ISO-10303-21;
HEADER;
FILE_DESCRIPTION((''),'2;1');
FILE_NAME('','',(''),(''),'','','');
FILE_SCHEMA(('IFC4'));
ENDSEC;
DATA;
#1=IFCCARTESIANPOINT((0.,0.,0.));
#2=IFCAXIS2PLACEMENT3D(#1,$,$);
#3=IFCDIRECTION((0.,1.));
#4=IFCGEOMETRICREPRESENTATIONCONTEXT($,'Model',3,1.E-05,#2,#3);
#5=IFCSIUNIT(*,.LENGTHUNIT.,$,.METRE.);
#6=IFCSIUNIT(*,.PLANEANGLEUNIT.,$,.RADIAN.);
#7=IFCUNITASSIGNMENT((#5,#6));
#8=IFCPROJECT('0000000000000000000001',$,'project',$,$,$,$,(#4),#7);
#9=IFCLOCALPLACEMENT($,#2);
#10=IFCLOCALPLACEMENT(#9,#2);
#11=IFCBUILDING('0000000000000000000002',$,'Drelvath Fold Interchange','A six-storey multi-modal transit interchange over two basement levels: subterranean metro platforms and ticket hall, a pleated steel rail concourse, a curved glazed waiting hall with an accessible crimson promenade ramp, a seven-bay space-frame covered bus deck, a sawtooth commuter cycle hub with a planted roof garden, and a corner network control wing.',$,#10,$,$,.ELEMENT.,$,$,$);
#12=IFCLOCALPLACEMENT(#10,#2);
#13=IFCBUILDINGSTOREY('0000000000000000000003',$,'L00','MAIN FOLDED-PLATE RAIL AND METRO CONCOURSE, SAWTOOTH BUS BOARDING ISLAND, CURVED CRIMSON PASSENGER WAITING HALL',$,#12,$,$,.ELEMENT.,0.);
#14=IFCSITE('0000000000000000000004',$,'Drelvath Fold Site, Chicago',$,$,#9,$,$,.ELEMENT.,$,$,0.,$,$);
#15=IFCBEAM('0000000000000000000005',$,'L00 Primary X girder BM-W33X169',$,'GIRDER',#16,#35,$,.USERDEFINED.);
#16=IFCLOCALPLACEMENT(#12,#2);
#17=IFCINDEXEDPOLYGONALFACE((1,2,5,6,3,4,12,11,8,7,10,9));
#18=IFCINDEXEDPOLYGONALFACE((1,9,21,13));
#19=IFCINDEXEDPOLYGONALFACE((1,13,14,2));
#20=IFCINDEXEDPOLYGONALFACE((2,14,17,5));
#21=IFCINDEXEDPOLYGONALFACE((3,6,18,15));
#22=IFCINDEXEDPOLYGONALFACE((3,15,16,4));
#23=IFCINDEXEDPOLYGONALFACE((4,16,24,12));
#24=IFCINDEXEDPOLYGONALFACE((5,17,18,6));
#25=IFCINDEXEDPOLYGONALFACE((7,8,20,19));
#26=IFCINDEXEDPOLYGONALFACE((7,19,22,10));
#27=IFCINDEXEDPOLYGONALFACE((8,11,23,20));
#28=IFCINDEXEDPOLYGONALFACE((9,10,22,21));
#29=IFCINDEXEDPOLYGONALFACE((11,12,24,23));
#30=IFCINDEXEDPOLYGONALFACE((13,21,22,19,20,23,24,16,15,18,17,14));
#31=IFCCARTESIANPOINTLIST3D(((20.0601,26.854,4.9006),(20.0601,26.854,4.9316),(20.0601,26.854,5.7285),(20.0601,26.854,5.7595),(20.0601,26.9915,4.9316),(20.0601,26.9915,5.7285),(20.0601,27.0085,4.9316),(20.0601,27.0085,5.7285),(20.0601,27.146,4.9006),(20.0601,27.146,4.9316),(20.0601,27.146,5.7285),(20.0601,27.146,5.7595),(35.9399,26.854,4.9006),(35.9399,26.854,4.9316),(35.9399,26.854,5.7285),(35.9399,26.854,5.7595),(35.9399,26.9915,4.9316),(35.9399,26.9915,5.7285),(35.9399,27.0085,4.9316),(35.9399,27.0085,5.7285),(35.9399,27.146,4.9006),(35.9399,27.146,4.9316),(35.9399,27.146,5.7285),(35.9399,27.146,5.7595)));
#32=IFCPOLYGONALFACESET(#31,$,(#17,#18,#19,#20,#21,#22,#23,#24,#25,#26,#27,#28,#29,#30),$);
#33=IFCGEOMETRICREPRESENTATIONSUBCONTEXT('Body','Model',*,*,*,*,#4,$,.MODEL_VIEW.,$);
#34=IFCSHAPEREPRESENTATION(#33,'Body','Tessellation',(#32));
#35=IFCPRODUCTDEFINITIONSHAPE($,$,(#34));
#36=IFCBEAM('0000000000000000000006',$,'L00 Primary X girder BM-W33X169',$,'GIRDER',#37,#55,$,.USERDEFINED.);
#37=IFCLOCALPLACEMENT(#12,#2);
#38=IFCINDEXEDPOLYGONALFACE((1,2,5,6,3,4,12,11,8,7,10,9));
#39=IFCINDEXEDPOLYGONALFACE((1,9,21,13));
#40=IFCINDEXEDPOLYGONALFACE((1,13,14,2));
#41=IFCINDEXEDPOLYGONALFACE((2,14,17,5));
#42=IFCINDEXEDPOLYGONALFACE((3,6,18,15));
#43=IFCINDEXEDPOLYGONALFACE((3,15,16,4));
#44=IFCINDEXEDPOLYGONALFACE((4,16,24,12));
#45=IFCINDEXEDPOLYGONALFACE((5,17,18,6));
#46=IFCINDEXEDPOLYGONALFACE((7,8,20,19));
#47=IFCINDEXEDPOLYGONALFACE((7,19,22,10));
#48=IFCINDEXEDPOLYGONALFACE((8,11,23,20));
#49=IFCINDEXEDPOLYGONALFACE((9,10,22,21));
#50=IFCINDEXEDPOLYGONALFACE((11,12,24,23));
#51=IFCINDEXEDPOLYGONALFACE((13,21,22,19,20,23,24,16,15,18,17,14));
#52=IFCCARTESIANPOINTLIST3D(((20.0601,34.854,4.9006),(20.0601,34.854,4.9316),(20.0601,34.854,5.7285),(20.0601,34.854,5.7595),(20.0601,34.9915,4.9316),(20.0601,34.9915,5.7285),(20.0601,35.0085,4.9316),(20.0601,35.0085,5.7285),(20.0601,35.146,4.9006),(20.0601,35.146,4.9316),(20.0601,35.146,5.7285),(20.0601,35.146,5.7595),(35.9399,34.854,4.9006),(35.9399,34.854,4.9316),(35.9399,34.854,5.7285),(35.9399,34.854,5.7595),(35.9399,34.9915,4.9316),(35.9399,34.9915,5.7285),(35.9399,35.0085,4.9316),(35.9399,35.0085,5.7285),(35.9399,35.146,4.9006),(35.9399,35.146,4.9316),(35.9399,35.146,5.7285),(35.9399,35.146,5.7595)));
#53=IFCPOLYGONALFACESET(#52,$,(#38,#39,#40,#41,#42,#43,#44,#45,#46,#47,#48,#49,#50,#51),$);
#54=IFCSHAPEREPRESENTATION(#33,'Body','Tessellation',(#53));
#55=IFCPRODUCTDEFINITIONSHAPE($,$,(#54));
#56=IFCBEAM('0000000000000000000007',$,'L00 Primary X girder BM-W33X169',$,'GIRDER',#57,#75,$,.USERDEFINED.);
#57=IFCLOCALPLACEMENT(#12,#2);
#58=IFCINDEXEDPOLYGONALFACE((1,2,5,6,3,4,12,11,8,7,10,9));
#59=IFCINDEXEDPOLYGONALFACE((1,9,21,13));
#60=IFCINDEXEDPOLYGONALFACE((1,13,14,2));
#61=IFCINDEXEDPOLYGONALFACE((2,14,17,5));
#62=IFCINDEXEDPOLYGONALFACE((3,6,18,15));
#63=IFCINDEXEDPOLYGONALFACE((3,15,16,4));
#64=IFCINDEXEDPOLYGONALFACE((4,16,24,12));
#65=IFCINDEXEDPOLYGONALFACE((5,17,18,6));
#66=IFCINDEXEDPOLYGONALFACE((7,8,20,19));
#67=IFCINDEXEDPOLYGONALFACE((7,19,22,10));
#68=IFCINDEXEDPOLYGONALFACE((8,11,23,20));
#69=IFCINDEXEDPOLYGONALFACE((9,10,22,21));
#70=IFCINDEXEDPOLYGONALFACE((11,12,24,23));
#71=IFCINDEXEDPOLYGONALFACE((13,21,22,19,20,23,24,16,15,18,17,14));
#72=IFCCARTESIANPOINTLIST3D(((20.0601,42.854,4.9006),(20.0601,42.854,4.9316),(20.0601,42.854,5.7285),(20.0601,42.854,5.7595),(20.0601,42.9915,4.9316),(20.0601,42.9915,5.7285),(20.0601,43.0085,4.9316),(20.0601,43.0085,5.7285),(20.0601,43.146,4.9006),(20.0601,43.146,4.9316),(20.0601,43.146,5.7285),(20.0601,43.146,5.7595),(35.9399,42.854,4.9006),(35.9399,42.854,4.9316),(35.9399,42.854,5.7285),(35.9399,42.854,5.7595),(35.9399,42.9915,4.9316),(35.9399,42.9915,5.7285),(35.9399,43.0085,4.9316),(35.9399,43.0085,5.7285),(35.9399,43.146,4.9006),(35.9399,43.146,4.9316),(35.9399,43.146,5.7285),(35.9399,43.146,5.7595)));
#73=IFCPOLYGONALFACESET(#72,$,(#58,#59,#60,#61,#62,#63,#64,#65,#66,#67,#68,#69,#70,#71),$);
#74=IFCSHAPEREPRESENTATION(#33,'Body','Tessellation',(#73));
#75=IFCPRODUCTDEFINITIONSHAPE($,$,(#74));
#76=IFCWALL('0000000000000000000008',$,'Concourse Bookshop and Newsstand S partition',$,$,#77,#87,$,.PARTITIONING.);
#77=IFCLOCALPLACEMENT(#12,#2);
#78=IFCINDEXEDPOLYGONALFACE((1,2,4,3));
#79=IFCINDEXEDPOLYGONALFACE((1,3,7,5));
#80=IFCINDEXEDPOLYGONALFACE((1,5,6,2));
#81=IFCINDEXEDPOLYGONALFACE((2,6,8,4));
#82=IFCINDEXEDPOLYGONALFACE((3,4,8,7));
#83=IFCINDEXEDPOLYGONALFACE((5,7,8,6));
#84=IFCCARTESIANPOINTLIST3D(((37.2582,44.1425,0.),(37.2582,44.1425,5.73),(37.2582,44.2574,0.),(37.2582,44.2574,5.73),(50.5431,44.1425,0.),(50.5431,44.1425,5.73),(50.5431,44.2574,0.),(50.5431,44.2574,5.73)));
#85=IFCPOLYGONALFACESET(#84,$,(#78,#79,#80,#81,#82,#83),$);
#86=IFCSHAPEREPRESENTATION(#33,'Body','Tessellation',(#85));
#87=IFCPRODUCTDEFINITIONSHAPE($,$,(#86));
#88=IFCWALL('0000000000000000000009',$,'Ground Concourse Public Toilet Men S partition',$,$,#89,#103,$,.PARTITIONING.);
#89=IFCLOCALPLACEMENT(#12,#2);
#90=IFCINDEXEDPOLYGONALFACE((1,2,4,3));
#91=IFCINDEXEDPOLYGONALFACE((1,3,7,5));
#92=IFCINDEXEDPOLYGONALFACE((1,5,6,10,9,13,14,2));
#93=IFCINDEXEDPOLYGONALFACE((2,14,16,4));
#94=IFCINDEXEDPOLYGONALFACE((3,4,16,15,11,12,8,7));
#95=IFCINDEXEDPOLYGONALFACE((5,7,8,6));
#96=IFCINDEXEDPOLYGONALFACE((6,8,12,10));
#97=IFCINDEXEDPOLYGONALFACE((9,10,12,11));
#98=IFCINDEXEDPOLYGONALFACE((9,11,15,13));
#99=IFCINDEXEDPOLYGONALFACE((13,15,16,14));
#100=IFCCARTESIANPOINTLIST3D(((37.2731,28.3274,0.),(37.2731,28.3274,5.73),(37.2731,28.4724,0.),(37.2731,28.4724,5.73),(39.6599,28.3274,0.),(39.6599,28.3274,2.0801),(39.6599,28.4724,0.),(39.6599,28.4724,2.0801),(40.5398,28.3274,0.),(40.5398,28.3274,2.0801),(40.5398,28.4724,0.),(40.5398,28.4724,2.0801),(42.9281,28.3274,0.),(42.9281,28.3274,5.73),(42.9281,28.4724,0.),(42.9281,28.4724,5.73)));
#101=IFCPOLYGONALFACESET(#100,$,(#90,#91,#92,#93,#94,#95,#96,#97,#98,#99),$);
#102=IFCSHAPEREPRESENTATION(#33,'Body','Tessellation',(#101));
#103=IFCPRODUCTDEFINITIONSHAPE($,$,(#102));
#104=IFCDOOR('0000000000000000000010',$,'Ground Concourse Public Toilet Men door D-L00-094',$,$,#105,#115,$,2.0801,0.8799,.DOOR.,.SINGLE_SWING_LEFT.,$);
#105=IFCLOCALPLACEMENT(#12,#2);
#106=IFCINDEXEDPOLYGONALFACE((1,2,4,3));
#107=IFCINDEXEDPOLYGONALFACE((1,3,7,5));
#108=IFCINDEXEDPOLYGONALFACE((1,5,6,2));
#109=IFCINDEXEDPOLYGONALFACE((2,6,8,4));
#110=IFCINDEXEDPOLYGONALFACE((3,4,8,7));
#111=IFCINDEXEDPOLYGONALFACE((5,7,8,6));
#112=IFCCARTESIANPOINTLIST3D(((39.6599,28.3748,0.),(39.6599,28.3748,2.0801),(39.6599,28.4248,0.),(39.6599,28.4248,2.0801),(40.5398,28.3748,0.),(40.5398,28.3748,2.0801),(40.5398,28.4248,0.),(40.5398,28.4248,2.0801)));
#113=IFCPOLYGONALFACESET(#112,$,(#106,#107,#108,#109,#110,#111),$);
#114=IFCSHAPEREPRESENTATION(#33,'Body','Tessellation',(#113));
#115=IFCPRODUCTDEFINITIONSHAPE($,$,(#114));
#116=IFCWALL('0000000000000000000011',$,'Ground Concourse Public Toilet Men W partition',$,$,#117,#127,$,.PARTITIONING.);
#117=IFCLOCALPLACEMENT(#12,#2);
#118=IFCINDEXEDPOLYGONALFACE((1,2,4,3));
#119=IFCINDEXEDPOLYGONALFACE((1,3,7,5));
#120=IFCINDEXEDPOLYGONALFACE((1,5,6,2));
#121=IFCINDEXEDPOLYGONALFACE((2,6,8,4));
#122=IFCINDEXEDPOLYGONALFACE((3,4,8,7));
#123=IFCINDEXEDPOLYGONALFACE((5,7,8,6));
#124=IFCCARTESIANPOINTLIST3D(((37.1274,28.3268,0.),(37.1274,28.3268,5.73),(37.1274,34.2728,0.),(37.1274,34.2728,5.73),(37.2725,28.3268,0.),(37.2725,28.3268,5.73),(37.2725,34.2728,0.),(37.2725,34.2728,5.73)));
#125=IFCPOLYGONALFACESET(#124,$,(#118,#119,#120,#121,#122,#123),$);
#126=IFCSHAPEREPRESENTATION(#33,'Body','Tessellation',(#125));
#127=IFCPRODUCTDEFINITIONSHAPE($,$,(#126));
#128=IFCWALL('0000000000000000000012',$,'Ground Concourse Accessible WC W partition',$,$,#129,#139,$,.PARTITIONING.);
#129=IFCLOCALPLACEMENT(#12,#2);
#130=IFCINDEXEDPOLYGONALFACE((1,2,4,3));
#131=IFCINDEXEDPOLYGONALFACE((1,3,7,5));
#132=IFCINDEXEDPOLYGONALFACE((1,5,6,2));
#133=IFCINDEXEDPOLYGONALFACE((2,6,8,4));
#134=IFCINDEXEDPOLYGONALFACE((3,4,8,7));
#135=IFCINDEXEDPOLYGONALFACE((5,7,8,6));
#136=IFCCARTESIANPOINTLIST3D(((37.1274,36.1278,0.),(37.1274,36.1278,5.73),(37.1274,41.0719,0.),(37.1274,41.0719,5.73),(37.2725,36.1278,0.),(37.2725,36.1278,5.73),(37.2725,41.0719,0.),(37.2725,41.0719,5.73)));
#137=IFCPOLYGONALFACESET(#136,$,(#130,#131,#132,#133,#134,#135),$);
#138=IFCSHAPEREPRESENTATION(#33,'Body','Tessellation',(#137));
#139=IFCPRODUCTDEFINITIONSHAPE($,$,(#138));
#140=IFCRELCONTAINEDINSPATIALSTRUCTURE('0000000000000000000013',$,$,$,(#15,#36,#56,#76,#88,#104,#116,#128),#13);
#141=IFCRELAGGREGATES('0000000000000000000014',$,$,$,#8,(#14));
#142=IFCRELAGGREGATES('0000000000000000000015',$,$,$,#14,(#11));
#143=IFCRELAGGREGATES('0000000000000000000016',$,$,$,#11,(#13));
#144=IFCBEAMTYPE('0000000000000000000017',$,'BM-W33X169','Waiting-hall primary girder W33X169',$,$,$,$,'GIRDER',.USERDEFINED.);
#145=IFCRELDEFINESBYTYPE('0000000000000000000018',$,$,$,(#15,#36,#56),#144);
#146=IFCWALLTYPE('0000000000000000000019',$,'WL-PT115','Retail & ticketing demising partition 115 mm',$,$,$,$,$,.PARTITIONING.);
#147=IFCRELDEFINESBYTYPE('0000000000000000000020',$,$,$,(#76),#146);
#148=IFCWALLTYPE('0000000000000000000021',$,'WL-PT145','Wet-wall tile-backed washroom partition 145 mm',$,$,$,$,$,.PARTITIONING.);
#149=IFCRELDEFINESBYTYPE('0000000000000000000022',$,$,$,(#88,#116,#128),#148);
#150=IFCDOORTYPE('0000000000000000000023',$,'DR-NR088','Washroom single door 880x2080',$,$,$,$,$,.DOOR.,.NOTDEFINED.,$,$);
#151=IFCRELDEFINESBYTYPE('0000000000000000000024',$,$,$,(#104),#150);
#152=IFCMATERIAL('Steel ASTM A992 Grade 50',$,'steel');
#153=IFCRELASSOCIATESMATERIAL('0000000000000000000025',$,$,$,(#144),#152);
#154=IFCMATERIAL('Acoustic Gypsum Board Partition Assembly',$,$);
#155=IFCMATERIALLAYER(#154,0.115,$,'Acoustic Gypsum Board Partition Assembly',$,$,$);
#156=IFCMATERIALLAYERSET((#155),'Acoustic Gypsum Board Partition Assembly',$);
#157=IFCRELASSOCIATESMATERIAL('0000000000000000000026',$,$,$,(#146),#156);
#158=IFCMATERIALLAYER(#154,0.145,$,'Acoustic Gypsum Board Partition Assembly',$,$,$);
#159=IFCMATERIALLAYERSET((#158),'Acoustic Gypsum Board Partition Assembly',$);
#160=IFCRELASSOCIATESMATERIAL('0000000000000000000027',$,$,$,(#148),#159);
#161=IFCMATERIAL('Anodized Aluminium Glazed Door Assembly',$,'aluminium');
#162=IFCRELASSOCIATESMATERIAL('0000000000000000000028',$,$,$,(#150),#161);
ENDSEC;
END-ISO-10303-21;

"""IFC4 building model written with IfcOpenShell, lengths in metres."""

from ifc_helpers import new_model, si_unit, direction, frame, frame_2d, origin, origin_2d, place, context, subcontext, project, spatial, rectangle, i_section, extrude, material, layer, layer_set, material_profile, profile_set, type_object, element, fill, save


model = new_model("IFC4")

# Units and contexts
model_context = context("Model", 3, precision=1e-05, world=origin(), true_north=direction((0.0, 1.0)))
body_context = subcontext(model_context, "Body", "Model", "MODEL_VIEW")
ifc_project = project(units=[si_unit("LENGTHUNIT", "METRE"), si_unit("PLANEANGLEUNIT", "RADIAN")], contexts=[model_context])

# Site, building, storey
site_placement = place(None, origin())
site = spatial("IfcSite", under=ifc_project, at=site_placement, Name="Drelvath Fold Site, Chicago", CompositionType="ELEMENT", RefElevation=0.0)
building_placement = place(site_placement, origin())
building = spatial("IfcBuilding", under=site, at=building_placement, Name="Drelvath Fold Interchange", Description="A six-storey multi-modal transit interchange over two basement levels: subterranean metro platforms and ticket hall, a pleated steel rail concourse, a curved glazed waiting hall with an accessible crimson promenade ramp, a seven-bay space-frame covered bus deck, a sawtooth commuter cycle hub with a planted roof garden, and a corner network control wing.", CompositionType="ELEMENT")
storey_placement = place(building_placement, origin())
storey = spatial("IfcBuildingStorey", under=building, at=storey_placement, Name="L00", Description="MAIN FOLDED-PLATE RAIL AND METRO CONCOURSE, SAWTOOTH BUS BOARDING ISLAND, CURVED CRIMSON PASSENGER WAITING HALL", CompositionType="ELEMENT", Elevation=0.0)

# Shared definitions
ifc_material_1 = material(Name="Steel ASTM A992 Grade 50", Category="steel")

# Beams
ifc_material_profile_1 = material_profile(ifc_material_1, i_section(OverallWidth=0.292, OverallDepth=0.8589, WebThickness=0.0171, FlangeThickness=0.031, at=origin_2d()), Name="W33X169")
ifc_profile_set_1 = profile_set([ifc_material_profile_1], Name="Steel ASTM A992 Grade 50")
beam_type_1 = type_object("IfcBeamType", Name="BM-W33X169", Description="Waiting-hall primary girder W33X169", ElementType="GIRDER", PredefinedType="USERDEFINED", material=ifc_profile_set_1)
for number, where, z_axis, x_axis, name in (
    (1, (20.0601, 27.0, 5.3301), (1.0, 0.0, 0.0), (0.0, 1.0, 0.0), "L00 Primary X girder BM-W33X169"),
    (2, (20.0601, 35.0, 5.3301), (1.0, 0.0, 0.0), (0.0, 1.0, 0.0), "L00 Primary X girder BM-W33X169"),
    (3, (20.0601, 43.0, 5.3301), (1.0, 0.0, 0.0), (0.0, 1.0, 0.0), "L00 Primary X girder BM-W33X169"),
):
    element("IfcBeam", number, at=place(storey_placement, frame(where, z_axis=z_axis, x_axis=x_axis)), inside=storey, type_object=beam_type_1, Name=name, ObjectType="GIRDER", PredefinedType="USERDEFINED", context=body_context, shape_type="SweptSolid", body=[
        extrude(i_section(OverallWidth=0.292, OverallDepth=0.8589, WebThickness=0.0171, FlangeThickness=0.031, at=origin_2d()), origin(), (0.0, 0.0, 1.0), 15.8799),
    ])

# Wall
ifc_material_2 = material(Name="Acoustic Gypsum Board Partition Assembly")
ifc_layer_1 = layer(ifc_material_2, 0.115, Name="Acoustic Gypsum Board Partition Assembly")
ifc_layer_set_1 = layer_set([ifc_layer_1], Name="Acoustic Gypsum Board Partition Assembly")
wall_type_1 = type_object("IfcWallType", Name="WL-PT115", Description="Retail & ticketing demising partition 115 mm", PredefinedType="PARTITIONING", material=ifc_layer_set_1)
wall_1_placement = place(storey_placement, frame((37.2581, 44.2, 0.0), z_axis=(0.0, 0.0, 1.0), x_axis=(1.0, 0.0, 0.0)))
element("IfcWall", 4, at=wall_1_placement, inside=storey, type_object=wall_type_1, Name="Concourse Bookshop and Newsstand S partition", PredefinedType="PARTITIONING", context=body_context, shape_type="SweptSolid", body=[
    extrude(rectangle(XDim=13.2849, YDim=0.115, at=frame_2d((6.6426, 0.0))), origin(), (0.0, 0.0, 1.0), 5.73),
])

# Wall, opening, door
ifc_layer_2 = layer(ifc_material_2, 0.145, Name="Acoustic Gypsum Board Partition Assembly")
ifc_layer_set_2 = layer_set([ifc_layer_2], Name="Acoustic Gypsum Board Partition Assembly")
wall_type_2 = type_object("IfcWallType", Name="WL-PT145", Description="Wet-wall tile-backed washroom partition 145 mm", PredefinedType="PARTITIONING", material=ifc_layer_set_2)
wall_2_placement = place(storey_placement, frame((37.2729, 28.3999, 0.0), z_axis=(0.0, 0.0, 1.0), x_axis=(1.0, 0.0, 0.0)))
wall_2 = element("IfcWall", 5, at=wall_2_placement, inside=storey, type_object=wall_type_2, Name="Ground Concourse Public Toilet Men S partition", PredefinedType="PARTITIONING", context=body_context, shape_type="SweptSolid", body=[
    extrude(rectangle(XDim=5.655, YDim=0.145, at=frame_2d((2.8276, 0.0))), origin(), (0.0, 0.0, 1.0), 5.73),
])
opening_placement = place(wall_2_placement, frame((2.387, 0.0, 0.0)))
opening = element("IfcOpeningElement", 6, at=opening_placement, cuts=wall_2, PredefinedType="OPENING", context=body_context, shape_type="SweptSolid", body=[
    extrude(rectangle(XDim=0.8799, YDim=2.0801, at=frame_2d((0.4399, 1.04))), frame((0.0, 0.0825, 0.0), z_axis=(0.0, -1.0, 0.0), x_axis=(1.0, 0.0, 0.0)), (0.0, 0.0, 1.0), 0.165),
])
ifc_material_3 = material(Name="Anodized Aluminium Glazed Door Assembly", Category="aluminium")
door_type = type_object("IfcDoorType", Name="DR-NR088", Description="Washroom single door 880x2080", OperationType="NOTDEFINED", PredefinedType="DOOR", material=ifc_material_3)
door_placement = place(opening_placement, origin())
door = element("IfcDoor", 7, at=door_placement, inside=storey, type_object=door_type, Name="Ground Concourse Public Toilet Men door D-L00-094", OperationType="SINGLE_SWING_LEFT", OverallHeight=2.0801, OverallWidth=0.8799, PredefinedType="DOOR", context=body_context, shape_type="SweptSolid", body=[
    extrude(rectangle(XDim=0.8799, YDim=2.0801, at=frame_2d((0.4399, 1.04))), frame((0.0, 0.0249, 0.0), z_axis=(0.0, -1.0, 0.0), x_axis=(1.0, 0.0, 0.0)), (0.0, 0.0, 1.0), 0.05),
])
fill(opening, door)

# Walls
wall_3_placement = place(storey_placement, frame((37.2, 34.2729, 0.0), z_axis=(0.0, 0.0, 1.0), x_axis=(0.0, -1.0, 0.0)))
element("IfcWall", 8, at=wall_3_placement, inside=storey, type_object=wall_type_2, Name="Ground Concourse Public Toilet Men W partition", PredefinedType="PARTITIONING", context=body_context, shape_type="SweptSolid", body=[
    extrude(rectangle(XDim=5.946, YDim=0.145, at=frame_2d((2.9731, 0.0))), origin(), (0.0, 0.0, 1.0), 5.73),
])
wall_4_placement = place(storey_placement, frame((37.2, 41.072, 0.0), z_axis=(0.0, 0.0, 1.0), x_axis=(0.0, -1.0, 0.0)))
element("IfcWall", 9, at=wall_4_placement, inside=storey, type_object=wall_type_2, Name="Ground Concourse Accessible WC W partition", PredefinedType="PARTITIONING", context=body_context, shape_type="SweptSolid", body=[
    extrude(rectangle(XDim=4.9441, YDim=0.145, at=frame_2d((2.4722, 0.0))), origin(), (0.0, 0.0, 1.0), 5.73),
])

save(model, "model.ifc")
